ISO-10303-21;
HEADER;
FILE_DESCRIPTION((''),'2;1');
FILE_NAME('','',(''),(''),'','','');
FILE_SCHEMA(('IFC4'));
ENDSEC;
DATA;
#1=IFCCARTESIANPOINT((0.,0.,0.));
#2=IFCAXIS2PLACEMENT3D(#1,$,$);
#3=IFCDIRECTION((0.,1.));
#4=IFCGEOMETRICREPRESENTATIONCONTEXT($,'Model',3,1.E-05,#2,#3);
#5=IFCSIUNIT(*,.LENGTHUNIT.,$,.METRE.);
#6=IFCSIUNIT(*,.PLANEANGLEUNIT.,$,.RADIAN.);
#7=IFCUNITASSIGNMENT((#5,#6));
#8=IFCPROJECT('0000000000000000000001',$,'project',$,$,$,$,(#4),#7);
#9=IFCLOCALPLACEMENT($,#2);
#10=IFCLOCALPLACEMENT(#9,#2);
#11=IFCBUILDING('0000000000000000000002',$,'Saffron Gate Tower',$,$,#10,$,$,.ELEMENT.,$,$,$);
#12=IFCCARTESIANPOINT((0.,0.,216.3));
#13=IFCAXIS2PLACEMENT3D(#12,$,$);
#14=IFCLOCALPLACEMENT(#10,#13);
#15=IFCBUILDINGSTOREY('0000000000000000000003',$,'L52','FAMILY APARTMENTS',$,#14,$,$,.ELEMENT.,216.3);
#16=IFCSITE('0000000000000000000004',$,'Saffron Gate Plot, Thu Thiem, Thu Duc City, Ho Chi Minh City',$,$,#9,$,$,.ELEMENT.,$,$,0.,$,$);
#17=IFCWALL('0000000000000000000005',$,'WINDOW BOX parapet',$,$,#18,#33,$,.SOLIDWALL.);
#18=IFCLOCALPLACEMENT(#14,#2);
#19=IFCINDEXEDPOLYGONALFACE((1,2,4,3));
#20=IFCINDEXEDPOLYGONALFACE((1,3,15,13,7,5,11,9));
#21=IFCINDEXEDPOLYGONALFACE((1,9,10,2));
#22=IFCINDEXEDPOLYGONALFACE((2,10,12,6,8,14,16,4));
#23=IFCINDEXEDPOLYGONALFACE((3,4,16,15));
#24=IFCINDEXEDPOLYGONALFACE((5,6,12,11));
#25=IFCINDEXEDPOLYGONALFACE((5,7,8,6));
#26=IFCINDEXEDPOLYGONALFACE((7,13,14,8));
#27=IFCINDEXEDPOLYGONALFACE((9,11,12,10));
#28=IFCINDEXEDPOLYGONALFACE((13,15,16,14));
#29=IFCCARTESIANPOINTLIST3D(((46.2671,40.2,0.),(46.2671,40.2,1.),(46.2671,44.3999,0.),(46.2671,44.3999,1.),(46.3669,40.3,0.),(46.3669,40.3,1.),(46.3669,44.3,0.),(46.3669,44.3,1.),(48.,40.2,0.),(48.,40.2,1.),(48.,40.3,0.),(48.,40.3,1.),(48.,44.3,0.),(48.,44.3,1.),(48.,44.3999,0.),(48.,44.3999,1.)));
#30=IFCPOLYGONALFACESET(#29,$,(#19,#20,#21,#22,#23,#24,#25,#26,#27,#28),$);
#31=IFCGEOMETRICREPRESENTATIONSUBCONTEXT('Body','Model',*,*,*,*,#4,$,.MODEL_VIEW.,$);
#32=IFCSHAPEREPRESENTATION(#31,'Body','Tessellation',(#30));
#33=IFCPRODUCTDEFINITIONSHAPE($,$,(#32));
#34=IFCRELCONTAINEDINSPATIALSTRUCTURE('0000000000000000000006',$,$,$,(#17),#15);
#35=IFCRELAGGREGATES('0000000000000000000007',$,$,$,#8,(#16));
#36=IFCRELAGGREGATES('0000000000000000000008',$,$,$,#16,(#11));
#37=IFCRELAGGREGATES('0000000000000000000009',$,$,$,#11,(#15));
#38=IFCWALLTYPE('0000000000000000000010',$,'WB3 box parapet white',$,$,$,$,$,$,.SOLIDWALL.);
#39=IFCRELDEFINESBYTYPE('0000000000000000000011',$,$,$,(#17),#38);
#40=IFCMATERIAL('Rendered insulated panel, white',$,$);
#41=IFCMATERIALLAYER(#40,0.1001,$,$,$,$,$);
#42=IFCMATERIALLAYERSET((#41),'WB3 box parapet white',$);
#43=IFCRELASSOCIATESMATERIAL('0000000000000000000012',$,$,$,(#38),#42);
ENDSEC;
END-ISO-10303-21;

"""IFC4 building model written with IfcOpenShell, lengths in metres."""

from ifc_helpers import new_model, si_unit, direction, frame, origin, place, context, subcontext, project, spatial, polyline, outline, extrude, material, layer, layer_set, type_object, element, save


model = new_model("IFC4")

# Units and contexts
model_context = context("Model", 3, precision=1e-05, world=origin(), true_north=direction((0.0, 1.0)))
body_context = subcontext(model_context, "Body", "Model", "MODEL_VIEW")
ifc_project = project(units=[si_unit("LENGTHUNIT", "METRE"), si_unit("PLANEANGLEUNIT", "RADIAN")], contexts=[model_context])

# Site, building, storey
site_placement = place(None, origin())
site = spatial("IfcSite", under=ifc_project, at=site_placement, Name="Saffron Gate Plot, Thu Thiem, Thu Duc City, Ho Chi Minh City", CompositionType="ELEMENT", RefElevation=0.0)
building_placement = place(site_placement, origin())
building = spatial("IfcBuilding", under=site, at=building_placement, Name="Saffron Gate Tower", CompositionType="ELEMENT")
storey_placement = place(building_placement, frame((0.0, 0.0, 216.3)))
storey = spatial("IfcBuildingStorey", under=building, at=storey_placement, Name="L52", Description="FAMILY APARTMENTS", CompositionType="ELEMENT", Elevation=216.3)

# Wall
ifc_material_1 = material(Name="Rendered insulated panel, white")
ifc_layer_1 = layer(ifc_material_1, 0.1001)
ifc_layer_set_1 = layer_set([ifc_layer_1], Name="WB3 box parapet white")
wall_type_1 = type_object("IfcWallType", Name="WB3 box parapet white", PredefinedType="SOLIDWALL", material=ifc_layer_set_1)
wall_1_placement = place(storey_placement, origin())
element("IfcWall", 1, at=wall_1_placement, inside=storey, type_object=wall_type_1, Name="WINDOW BOX parapet", PredefinedType="SOLIDWALL", context=body_context, shape_type="SweptSolid", body=[
    extrude(outline(polyline([(48.0, 44.3999), (48.0, 44.3), (46.3669, 44.3), (46.3669, 40.3), (48.0, 40.3), (48.0, 40.2), (46.2671, 40.2), (46.2671, 44.3999), (48.0, 44.3999)])), origin(), (0.0, 0.0, 1.0), 1.0),
])

save(model, "model.ifc")
